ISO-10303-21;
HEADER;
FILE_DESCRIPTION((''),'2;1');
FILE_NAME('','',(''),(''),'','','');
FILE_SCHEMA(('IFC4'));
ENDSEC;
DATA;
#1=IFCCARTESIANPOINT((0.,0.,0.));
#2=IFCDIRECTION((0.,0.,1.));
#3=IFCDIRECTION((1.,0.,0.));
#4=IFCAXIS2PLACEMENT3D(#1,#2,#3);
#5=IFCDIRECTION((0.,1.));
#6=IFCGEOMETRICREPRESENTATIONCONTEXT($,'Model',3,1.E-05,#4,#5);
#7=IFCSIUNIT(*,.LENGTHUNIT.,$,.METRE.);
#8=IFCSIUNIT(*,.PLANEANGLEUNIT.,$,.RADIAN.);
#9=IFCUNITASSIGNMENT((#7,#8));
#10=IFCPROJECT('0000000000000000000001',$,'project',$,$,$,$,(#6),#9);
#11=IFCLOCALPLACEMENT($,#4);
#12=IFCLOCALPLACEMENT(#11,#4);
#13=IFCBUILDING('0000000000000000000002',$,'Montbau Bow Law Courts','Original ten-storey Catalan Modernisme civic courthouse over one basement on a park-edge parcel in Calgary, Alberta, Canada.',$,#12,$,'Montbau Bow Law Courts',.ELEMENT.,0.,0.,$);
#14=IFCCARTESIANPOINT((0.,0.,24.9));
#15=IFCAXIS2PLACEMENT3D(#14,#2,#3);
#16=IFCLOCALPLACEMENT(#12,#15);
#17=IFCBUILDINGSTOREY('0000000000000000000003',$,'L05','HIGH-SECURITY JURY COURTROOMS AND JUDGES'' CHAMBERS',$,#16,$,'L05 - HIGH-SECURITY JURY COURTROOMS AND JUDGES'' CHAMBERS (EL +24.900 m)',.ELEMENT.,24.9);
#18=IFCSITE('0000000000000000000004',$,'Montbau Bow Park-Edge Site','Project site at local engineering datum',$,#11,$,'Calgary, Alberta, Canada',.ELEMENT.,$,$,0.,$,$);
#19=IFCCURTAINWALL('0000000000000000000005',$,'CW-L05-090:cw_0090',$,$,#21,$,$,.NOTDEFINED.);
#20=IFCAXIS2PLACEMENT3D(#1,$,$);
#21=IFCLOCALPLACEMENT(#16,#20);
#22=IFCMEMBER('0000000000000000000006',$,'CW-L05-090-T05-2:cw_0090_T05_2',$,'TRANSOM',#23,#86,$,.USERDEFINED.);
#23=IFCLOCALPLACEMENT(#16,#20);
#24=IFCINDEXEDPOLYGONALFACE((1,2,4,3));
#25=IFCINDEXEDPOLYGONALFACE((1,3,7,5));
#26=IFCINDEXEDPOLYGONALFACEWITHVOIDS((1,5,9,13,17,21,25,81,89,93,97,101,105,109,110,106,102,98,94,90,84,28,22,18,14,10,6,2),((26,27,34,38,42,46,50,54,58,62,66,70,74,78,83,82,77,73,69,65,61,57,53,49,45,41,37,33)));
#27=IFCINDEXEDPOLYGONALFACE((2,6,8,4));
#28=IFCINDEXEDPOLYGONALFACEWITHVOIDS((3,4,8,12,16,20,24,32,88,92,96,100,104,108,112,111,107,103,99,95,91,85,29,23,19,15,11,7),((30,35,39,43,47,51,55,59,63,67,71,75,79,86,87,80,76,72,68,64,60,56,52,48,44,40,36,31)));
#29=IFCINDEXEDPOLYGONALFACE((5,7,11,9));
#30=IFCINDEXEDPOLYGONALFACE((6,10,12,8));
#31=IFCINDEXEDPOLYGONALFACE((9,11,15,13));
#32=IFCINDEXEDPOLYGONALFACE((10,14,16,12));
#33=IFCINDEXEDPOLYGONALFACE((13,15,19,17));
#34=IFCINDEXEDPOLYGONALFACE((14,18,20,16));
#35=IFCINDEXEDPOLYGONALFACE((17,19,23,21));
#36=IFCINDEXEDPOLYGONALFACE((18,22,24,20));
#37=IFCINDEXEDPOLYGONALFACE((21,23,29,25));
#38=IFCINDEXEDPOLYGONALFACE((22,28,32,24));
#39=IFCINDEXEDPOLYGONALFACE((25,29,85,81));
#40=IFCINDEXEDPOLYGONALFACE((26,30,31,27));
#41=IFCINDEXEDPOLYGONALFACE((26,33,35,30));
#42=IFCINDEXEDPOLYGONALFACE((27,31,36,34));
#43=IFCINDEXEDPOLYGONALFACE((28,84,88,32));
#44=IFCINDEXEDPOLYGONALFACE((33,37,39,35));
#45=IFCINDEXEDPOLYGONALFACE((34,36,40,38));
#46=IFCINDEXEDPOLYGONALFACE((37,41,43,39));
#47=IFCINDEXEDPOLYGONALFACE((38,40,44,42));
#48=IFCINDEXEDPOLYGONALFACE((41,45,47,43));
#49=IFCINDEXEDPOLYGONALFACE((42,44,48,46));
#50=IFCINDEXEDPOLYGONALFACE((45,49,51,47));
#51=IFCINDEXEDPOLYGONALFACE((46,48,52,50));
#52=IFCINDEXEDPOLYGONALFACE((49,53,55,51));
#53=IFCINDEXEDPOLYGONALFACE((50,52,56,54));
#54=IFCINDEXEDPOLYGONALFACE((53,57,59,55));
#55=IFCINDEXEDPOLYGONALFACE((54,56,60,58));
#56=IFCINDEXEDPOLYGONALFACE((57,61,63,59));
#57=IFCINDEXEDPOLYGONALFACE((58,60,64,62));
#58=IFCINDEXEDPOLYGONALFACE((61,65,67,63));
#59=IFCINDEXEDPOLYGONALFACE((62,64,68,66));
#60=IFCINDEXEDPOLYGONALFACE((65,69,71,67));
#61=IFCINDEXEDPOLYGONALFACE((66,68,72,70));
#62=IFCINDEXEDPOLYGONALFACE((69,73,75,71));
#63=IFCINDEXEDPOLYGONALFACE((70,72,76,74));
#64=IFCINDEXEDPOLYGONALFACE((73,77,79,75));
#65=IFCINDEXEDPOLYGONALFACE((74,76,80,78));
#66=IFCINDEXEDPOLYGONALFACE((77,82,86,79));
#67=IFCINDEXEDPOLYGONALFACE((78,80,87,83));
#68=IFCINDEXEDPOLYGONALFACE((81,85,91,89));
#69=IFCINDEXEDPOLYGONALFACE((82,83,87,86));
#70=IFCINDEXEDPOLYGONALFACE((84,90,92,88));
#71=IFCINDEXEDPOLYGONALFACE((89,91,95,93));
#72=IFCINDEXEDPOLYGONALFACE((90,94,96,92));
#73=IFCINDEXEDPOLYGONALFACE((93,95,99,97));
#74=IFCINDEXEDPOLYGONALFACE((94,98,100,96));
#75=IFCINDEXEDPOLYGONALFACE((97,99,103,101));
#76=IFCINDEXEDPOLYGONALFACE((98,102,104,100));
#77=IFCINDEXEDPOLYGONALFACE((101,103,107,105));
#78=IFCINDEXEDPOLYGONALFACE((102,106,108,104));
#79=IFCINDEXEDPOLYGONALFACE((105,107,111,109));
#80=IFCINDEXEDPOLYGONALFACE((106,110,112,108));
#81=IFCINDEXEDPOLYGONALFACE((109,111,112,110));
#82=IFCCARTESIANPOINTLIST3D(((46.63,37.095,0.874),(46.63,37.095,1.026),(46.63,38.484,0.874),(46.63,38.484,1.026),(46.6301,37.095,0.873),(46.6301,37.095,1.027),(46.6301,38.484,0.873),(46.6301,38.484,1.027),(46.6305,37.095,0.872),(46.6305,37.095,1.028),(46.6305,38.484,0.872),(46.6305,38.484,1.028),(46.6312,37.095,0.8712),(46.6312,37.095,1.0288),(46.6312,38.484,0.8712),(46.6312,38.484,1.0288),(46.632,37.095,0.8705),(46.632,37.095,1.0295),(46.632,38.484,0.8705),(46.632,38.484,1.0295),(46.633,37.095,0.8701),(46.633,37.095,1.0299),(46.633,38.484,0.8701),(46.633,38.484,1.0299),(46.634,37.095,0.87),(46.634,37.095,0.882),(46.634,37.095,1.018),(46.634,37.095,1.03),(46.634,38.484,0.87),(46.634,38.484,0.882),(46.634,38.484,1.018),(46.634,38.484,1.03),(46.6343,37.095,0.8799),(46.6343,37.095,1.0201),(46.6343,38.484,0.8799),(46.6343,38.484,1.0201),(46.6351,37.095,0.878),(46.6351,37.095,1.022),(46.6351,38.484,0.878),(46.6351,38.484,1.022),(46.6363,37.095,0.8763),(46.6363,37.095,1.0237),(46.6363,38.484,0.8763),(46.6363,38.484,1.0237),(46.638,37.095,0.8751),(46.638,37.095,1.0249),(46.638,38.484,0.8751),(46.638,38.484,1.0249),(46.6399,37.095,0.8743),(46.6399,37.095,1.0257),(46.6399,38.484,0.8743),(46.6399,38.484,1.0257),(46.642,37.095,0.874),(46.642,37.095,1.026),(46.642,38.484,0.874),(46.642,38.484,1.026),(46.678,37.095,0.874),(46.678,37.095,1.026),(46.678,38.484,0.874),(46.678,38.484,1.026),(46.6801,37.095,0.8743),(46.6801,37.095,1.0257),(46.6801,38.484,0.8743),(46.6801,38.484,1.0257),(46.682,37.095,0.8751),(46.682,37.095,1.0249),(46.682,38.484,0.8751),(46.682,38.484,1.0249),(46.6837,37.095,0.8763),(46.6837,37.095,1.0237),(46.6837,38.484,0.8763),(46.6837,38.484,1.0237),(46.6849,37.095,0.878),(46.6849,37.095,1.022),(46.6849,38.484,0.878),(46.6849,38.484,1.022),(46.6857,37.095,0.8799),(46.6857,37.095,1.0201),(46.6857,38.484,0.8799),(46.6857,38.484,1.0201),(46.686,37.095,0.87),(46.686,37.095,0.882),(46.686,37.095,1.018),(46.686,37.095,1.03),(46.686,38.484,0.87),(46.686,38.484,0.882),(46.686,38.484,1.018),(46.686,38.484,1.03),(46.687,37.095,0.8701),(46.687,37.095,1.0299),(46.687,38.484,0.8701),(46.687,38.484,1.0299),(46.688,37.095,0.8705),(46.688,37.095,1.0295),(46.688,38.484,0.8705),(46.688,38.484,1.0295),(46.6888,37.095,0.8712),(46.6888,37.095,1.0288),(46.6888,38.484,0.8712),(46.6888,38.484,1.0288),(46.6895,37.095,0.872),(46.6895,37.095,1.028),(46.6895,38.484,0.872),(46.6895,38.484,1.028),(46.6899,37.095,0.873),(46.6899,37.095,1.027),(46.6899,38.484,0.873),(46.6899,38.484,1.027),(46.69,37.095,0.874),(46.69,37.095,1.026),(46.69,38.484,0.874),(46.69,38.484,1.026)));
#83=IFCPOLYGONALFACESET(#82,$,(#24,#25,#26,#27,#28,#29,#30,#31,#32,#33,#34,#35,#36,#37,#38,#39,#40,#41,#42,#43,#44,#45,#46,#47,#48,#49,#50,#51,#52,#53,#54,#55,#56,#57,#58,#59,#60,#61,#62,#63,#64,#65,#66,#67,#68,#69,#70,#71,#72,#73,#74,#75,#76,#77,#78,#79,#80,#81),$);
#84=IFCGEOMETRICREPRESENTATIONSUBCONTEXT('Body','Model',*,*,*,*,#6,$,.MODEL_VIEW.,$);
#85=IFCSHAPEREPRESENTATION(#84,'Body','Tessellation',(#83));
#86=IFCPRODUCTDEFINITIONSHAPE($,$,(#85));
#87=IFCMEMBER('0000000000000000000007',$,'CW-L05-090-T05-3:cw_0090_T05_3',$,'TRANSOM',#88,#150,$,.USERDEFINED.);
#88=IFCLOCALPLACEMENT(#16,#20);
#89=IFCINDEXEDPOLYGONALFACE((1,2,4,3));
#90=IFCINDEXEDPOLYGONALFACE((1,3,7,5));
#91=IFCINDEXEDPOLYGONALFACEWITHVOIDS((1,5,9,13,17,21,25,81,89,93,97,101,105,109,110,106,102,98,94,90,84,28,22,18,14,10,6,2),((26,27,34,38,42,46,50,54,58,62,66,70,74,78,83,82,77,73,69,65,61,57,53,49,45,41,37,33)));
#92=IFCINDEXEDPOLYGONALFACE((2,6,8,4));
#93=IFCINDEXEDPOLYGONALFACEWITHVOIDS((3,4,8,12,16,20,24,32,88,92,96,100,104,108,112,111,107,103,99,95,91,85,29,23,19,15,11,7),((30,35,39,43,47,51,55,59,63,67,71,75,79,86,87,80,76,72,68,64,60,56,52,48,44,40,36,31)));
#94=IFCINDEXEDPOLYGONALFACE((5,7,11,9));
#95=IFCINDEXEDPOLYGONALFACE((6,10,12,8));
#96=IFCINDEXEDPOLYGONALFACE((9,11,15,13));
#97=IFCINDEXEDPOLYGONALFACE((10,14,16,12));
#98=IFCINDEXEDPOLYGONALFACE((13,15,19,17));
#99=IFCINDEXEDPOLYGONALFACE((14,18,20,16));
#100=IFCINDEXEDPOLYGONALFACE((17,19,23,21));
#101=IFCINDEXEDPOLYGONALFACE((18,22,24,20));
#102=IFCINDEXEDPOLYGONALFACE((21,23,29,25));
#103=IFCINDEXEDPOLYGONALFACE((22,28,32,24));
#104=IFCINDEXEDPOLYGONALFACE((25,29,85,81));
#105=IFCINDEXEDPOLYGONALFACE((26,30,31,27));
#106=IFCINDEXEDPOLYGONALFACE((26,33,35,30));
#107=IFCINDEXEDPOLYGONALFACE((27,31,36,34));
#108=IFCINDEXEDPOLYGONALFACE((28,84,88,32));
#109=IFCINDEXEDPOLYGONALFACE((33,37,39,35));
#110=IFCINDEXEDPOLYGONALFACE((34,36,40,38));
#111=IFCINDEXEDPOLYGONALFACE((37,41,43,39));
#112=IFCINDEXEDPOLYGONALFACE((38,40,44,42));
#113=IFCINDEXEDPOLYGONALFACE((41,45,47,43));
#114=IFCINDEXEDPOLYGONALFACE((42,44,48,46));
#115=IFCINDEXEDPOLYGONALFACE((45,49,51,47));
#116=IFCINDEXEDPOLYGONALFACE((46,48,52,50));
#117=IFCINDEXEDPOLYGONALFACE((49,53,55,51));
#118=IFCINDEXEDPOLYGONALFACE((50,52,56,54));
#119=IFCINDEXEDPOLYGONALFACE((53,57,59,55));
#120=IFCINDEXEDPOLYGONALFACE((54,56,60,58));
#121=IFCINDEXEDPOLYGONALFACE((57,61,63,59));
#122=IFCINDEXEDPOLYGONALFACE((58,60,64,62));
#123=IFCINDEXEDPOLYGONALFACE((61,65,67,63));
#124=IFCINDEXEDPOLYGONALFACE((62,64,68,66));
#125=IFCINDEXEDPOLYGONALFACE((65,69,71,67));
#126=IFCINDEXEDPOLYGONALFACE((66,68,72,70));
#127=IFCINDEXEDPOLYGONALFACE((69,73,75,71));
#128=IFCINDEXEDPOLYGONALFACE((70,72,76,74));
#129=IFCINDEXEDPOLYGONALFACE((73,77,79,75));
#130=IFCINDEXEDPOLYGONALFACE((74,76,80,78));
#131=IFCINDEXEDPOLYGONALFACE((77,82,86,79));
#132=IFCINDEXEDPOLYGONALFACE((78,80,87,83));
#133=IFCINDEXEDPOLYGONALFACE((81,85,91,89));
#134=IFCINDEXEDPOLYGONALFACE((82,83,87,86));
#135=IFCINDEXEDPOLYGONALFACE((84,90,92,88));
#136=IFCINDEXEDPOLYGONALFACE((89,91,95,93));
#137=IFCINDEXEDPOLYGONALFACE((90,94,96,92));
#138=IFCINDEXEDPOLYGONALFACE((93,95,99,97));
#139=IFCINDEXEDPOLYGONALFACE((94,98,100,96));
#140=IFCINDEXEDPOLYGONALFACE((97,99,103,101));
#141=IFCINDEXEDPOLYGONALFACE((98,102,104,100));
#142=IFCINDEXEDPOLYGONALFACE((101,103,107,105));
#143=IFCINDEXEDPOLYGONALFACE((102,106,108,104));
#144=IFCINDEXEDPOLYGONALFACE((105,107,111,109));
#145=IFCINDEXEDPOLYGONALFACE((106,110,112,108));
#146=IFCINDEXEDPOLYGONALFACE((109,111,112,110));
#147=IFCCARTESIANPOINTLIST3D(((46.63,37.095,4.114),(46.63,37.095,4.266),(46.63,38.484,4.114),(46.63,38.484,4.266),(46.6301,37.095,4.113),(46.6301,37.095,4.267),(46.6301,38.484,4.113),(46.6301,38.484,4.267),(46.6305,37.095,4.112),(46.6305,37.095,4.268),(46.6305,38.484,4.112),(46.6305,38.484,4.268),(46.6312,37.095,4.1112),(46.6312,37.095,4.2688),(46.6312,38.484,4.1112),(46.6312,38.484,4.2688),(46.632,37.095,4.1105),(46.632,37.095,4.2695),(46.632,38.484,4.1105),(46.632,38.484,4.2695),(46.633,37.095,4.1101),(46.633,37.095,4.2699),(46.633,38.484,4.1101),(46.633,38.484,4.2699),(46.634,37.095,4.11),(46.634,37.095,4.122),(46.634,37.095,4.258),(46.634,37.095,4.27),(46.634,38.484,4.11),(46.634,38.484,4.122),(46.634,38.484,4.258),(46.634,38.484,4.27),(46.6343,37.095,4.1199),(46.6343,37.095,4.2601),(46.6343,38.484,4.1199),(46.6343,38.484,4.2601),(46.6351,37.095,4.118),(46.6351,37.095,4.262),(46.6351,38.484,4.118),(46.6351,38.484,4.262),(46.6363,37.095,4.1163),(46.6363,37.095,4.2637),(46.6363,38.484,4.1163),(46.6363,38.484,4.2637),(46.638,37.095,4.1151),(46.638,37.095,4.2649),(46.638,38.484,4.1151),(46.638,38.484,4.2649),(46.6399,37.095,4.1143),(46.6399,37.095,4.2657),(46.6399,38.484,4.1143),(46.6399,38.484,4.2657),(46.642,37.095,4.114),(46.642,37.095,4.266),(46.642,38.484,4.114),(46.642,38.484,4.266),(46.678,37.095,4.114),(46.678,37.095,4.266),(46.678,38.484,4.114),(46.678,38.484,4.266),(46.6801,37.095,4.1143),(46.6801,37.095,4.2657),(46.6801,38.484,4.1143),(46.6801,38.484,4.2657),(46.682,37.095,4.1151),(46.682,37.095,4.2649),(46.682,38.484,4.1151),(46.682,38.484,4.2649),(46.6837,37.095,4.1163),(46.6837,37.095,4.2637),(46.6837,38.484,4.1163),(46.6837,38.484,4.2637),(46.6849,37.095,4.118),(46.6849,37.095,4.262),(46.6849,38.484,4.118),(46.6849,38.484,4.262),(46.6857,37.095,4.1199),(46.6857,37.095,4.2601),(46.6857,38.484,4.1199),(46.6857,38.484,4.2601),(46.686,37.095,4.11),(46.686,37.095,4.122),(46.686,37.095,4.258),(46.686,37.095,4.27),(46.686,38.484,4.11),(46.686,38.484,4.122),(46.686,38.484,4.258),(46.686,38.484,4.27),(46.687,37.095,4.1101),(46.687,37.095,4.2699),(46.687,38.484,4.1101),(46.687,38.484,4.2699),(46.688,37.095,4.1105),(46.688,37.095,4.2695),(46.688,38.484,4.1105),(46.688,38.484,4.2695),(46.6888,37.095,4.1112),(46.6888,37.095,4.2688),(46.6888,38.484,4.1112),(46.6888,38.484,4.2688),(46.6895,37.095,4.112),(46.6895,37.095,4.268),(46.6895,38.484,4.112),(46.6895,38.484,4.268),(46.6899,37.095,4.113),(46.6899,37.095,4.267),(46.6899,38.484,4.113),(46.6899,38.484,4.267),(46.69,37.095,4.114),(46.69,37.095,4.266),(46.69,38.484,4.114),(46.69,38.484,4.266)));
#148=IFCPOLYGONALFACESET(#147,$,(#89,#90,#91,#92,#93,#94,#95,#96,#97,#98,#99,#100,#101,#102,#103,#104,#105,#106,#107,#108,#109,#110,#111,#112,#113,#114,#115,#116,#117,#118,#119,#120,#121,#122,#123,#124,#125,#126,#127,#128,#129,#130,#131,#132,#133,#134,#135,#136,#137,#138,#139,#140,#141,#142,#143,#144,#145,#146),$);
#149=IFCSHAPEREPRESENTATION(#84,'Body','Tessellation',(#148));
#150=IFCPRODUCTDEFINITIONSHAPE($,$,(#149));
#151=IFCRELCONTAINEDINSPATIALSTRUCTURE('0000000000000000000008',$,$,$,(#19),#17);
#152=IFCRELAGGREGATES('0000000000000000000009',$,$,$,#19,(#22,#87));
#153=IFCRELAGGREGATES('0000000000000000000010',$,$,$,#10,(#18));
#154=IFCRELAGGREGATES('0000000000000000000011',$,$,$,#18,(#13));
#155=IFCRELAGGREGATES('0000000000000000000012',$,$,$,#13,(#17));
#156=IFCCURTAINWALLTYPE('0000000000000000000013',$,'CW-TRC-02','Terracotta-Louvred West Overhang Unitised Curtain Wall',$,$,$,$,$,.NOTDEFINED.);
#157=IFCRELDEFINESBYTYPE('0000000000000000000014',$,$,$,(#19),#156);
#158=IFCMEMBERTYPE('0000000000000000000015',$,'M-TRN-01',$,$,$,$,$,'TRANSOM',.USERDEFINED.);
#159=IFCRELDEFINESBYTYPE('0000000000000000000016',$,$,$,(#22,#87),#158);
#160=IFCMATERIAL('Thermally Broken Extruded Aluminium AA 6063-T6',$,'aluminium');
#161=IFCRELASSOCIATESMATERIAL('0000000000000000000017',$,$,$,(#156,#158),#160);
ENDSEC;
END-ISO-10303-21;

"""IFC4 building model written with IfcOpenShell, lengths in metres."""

from ifc_helpers import new_model, si_unit, direction, frame, origin_with_axes, origin_2d_with_axis, place, context, subcontext, project, spatial, hollow_rectangle, extrude, material, material_profile, profile_set, type_object, element, aggregate, save


model = new_model("IFC4")

# Units and contexts
model_context = context("Model", 3, precision=1e-05, world=origin_with_axes(), true_north=direction((0.0, 1.0)))
body_context = subcontext(model_context, "Body", "Model", "MODEL_VIEW")
ifc_project = project(units=[si_unit("LENGTHUNIT", "METRE"), si_unit("PLANEANGLEUNIT", "RADIAN")], contexts=[model_context])

# Site, building, storey
site_placement = place(None, origin_with_axes())
site = spatial("IfcSite", under=ifc_project, at=site_placement, Name="Montbau Bow Park-Edge Site", Description="Project site at local engineering datum", LongName="Calgary, Alberta, Canada", CompositionType="ELEMENT", RefElevation=0.0)
building_placement = place(site_placement, origin_with_axes())
building = spatial("IfcBuilding", under=site, at=building_placement, Name="Montbau Bow Law Courts", Description="Original ten-storey Catalan Modernisme civic courthouse over one basement on a park-edge parcel in Calgary, Alberta, Canada.", LongName="Montbau Bow Law Courts", CompositionType="ELEMENT", ElevationOfRefHeight=0.0, ElevationOfTerrain=0.0)
storey_placement = place(building_placement, frame((0.0, 0.0, 24.9), z_axis=(0.0, 0.0, 1.0), x_axis=(1.0, 0.0, 0.0)))
storey = spatial("IfcBuildingStorey", under=building, at=storey_placement, Name="L05", Description="HIGH-SECURITY JURY COURTROOMS AND JUDGES' CHAMBERS", LongName="L05 - HIGH-SECURITY JURY COURTROOMS AND JUDGES' CHAMBERS (EL +24.900 m)", CompositionType="ELEMENT", Elevation=24.9)

# Curtain wall
ifc_material_1 = material(Name="Thermally Broken Extruded Aluminium AA 6063-T6", Category="aluminium")
curtain_wall_type = type_object("IfcCurtainWallType", Name="CW-TRC-02", Description="Terracotta-Louvred West Overhang Unitised Curtain Wall", PredefinedType="NOTDEFINED", material=ifc_material_1)
curtain_wall_1_placement = place(None, frame((46.66, 31.04, 24.9), z_axis=(0.0, 0.0, 1.0), x_axis=(1.0, 0.0, 0.0)))
curtain_wall_1 = element("IfcCurtainWall", 1, at=curtain_wall_1_placement, inside=storey, type_object=curtain_wall_type, Name="CW-L05-090:cw_0090", PredefinedType="NOTDEFINED")

# Members
ifc_material_profile_1 = material_profile(ifc_material_1, hollow_rectangle(XDim=0.06, YDim=0.16, WallThickness=0.004, InnerFilletRadius=0.008, OuterFilletRadius=0.004, at=origin_2d_with_axis()), Name="CWT-160X60", Category="Main", Priority=0)
ifc_profile_set_1 = profile_set([ifc_material_profile_1], Name="Thermally Broken Extruded Aluminium AA 6063-T6")
member_type_1 = type_object("IfcMemberType", Name="M-TRN-01", ElementType="TRANSOM", PredefinedType="USERDEFINED", material=ifc_profile_set_1)
member_1_placement = place(None, frame((46.66, 37.095, 25.85), z_axis=(0.0, 1.0, 0.0), x_axis=(-1.0, 0.0, 0.0)))
member_1 = element("IfcMember", 2, at=member_1_placement, type_object=member_type_1, Name="CW-L05-090-T05-2:cw_0090_T05_2", ObjectType="TRANSOM", PredefinedType="USERDEFINED", context=body_context, shape_type="SweptSolid", body=[
    extrude(hollow_rectangle(XDim=0.06, YDim=0.16, WallThickness=0.004, InnerFilletRadius=0.008, OuterFilletRadius=0.004, at=origin_2d_with_axis()), origin_with_axes(), (0.0, 0.0, 1.0), 1.389),
])
member_2_placement = place(None, frame((46.66, 37.095, 29.09), z_axis=(0.0, 1.0, 0.0), x_axis=(-1.0, 0.0, 0.0)))
member_2 = element("IfcMember", 3, at=member_2_placement, type_object=member_type_1, Name="CW-L05-090-T05-3:cw_0090_T05_3", ObjectType="TRANSOM", PredefinedType="USERDEFINED", context=body_context, shape_type="SweptSolid", body=[
    extrude(hollow_rectangle(XDim=0.06, YDim=0.16, WallThickness=0.004, InnerFilletRadius=0.008, OuterFilletRadius=0.004, at=origin_2d_with_axis()), origin_with_axes(), (0.0, 0.0, 1.0), 1.389),
])

aggregate(curtain_wall_1, [member_1, member_2])

save(model, "model.ifc")
